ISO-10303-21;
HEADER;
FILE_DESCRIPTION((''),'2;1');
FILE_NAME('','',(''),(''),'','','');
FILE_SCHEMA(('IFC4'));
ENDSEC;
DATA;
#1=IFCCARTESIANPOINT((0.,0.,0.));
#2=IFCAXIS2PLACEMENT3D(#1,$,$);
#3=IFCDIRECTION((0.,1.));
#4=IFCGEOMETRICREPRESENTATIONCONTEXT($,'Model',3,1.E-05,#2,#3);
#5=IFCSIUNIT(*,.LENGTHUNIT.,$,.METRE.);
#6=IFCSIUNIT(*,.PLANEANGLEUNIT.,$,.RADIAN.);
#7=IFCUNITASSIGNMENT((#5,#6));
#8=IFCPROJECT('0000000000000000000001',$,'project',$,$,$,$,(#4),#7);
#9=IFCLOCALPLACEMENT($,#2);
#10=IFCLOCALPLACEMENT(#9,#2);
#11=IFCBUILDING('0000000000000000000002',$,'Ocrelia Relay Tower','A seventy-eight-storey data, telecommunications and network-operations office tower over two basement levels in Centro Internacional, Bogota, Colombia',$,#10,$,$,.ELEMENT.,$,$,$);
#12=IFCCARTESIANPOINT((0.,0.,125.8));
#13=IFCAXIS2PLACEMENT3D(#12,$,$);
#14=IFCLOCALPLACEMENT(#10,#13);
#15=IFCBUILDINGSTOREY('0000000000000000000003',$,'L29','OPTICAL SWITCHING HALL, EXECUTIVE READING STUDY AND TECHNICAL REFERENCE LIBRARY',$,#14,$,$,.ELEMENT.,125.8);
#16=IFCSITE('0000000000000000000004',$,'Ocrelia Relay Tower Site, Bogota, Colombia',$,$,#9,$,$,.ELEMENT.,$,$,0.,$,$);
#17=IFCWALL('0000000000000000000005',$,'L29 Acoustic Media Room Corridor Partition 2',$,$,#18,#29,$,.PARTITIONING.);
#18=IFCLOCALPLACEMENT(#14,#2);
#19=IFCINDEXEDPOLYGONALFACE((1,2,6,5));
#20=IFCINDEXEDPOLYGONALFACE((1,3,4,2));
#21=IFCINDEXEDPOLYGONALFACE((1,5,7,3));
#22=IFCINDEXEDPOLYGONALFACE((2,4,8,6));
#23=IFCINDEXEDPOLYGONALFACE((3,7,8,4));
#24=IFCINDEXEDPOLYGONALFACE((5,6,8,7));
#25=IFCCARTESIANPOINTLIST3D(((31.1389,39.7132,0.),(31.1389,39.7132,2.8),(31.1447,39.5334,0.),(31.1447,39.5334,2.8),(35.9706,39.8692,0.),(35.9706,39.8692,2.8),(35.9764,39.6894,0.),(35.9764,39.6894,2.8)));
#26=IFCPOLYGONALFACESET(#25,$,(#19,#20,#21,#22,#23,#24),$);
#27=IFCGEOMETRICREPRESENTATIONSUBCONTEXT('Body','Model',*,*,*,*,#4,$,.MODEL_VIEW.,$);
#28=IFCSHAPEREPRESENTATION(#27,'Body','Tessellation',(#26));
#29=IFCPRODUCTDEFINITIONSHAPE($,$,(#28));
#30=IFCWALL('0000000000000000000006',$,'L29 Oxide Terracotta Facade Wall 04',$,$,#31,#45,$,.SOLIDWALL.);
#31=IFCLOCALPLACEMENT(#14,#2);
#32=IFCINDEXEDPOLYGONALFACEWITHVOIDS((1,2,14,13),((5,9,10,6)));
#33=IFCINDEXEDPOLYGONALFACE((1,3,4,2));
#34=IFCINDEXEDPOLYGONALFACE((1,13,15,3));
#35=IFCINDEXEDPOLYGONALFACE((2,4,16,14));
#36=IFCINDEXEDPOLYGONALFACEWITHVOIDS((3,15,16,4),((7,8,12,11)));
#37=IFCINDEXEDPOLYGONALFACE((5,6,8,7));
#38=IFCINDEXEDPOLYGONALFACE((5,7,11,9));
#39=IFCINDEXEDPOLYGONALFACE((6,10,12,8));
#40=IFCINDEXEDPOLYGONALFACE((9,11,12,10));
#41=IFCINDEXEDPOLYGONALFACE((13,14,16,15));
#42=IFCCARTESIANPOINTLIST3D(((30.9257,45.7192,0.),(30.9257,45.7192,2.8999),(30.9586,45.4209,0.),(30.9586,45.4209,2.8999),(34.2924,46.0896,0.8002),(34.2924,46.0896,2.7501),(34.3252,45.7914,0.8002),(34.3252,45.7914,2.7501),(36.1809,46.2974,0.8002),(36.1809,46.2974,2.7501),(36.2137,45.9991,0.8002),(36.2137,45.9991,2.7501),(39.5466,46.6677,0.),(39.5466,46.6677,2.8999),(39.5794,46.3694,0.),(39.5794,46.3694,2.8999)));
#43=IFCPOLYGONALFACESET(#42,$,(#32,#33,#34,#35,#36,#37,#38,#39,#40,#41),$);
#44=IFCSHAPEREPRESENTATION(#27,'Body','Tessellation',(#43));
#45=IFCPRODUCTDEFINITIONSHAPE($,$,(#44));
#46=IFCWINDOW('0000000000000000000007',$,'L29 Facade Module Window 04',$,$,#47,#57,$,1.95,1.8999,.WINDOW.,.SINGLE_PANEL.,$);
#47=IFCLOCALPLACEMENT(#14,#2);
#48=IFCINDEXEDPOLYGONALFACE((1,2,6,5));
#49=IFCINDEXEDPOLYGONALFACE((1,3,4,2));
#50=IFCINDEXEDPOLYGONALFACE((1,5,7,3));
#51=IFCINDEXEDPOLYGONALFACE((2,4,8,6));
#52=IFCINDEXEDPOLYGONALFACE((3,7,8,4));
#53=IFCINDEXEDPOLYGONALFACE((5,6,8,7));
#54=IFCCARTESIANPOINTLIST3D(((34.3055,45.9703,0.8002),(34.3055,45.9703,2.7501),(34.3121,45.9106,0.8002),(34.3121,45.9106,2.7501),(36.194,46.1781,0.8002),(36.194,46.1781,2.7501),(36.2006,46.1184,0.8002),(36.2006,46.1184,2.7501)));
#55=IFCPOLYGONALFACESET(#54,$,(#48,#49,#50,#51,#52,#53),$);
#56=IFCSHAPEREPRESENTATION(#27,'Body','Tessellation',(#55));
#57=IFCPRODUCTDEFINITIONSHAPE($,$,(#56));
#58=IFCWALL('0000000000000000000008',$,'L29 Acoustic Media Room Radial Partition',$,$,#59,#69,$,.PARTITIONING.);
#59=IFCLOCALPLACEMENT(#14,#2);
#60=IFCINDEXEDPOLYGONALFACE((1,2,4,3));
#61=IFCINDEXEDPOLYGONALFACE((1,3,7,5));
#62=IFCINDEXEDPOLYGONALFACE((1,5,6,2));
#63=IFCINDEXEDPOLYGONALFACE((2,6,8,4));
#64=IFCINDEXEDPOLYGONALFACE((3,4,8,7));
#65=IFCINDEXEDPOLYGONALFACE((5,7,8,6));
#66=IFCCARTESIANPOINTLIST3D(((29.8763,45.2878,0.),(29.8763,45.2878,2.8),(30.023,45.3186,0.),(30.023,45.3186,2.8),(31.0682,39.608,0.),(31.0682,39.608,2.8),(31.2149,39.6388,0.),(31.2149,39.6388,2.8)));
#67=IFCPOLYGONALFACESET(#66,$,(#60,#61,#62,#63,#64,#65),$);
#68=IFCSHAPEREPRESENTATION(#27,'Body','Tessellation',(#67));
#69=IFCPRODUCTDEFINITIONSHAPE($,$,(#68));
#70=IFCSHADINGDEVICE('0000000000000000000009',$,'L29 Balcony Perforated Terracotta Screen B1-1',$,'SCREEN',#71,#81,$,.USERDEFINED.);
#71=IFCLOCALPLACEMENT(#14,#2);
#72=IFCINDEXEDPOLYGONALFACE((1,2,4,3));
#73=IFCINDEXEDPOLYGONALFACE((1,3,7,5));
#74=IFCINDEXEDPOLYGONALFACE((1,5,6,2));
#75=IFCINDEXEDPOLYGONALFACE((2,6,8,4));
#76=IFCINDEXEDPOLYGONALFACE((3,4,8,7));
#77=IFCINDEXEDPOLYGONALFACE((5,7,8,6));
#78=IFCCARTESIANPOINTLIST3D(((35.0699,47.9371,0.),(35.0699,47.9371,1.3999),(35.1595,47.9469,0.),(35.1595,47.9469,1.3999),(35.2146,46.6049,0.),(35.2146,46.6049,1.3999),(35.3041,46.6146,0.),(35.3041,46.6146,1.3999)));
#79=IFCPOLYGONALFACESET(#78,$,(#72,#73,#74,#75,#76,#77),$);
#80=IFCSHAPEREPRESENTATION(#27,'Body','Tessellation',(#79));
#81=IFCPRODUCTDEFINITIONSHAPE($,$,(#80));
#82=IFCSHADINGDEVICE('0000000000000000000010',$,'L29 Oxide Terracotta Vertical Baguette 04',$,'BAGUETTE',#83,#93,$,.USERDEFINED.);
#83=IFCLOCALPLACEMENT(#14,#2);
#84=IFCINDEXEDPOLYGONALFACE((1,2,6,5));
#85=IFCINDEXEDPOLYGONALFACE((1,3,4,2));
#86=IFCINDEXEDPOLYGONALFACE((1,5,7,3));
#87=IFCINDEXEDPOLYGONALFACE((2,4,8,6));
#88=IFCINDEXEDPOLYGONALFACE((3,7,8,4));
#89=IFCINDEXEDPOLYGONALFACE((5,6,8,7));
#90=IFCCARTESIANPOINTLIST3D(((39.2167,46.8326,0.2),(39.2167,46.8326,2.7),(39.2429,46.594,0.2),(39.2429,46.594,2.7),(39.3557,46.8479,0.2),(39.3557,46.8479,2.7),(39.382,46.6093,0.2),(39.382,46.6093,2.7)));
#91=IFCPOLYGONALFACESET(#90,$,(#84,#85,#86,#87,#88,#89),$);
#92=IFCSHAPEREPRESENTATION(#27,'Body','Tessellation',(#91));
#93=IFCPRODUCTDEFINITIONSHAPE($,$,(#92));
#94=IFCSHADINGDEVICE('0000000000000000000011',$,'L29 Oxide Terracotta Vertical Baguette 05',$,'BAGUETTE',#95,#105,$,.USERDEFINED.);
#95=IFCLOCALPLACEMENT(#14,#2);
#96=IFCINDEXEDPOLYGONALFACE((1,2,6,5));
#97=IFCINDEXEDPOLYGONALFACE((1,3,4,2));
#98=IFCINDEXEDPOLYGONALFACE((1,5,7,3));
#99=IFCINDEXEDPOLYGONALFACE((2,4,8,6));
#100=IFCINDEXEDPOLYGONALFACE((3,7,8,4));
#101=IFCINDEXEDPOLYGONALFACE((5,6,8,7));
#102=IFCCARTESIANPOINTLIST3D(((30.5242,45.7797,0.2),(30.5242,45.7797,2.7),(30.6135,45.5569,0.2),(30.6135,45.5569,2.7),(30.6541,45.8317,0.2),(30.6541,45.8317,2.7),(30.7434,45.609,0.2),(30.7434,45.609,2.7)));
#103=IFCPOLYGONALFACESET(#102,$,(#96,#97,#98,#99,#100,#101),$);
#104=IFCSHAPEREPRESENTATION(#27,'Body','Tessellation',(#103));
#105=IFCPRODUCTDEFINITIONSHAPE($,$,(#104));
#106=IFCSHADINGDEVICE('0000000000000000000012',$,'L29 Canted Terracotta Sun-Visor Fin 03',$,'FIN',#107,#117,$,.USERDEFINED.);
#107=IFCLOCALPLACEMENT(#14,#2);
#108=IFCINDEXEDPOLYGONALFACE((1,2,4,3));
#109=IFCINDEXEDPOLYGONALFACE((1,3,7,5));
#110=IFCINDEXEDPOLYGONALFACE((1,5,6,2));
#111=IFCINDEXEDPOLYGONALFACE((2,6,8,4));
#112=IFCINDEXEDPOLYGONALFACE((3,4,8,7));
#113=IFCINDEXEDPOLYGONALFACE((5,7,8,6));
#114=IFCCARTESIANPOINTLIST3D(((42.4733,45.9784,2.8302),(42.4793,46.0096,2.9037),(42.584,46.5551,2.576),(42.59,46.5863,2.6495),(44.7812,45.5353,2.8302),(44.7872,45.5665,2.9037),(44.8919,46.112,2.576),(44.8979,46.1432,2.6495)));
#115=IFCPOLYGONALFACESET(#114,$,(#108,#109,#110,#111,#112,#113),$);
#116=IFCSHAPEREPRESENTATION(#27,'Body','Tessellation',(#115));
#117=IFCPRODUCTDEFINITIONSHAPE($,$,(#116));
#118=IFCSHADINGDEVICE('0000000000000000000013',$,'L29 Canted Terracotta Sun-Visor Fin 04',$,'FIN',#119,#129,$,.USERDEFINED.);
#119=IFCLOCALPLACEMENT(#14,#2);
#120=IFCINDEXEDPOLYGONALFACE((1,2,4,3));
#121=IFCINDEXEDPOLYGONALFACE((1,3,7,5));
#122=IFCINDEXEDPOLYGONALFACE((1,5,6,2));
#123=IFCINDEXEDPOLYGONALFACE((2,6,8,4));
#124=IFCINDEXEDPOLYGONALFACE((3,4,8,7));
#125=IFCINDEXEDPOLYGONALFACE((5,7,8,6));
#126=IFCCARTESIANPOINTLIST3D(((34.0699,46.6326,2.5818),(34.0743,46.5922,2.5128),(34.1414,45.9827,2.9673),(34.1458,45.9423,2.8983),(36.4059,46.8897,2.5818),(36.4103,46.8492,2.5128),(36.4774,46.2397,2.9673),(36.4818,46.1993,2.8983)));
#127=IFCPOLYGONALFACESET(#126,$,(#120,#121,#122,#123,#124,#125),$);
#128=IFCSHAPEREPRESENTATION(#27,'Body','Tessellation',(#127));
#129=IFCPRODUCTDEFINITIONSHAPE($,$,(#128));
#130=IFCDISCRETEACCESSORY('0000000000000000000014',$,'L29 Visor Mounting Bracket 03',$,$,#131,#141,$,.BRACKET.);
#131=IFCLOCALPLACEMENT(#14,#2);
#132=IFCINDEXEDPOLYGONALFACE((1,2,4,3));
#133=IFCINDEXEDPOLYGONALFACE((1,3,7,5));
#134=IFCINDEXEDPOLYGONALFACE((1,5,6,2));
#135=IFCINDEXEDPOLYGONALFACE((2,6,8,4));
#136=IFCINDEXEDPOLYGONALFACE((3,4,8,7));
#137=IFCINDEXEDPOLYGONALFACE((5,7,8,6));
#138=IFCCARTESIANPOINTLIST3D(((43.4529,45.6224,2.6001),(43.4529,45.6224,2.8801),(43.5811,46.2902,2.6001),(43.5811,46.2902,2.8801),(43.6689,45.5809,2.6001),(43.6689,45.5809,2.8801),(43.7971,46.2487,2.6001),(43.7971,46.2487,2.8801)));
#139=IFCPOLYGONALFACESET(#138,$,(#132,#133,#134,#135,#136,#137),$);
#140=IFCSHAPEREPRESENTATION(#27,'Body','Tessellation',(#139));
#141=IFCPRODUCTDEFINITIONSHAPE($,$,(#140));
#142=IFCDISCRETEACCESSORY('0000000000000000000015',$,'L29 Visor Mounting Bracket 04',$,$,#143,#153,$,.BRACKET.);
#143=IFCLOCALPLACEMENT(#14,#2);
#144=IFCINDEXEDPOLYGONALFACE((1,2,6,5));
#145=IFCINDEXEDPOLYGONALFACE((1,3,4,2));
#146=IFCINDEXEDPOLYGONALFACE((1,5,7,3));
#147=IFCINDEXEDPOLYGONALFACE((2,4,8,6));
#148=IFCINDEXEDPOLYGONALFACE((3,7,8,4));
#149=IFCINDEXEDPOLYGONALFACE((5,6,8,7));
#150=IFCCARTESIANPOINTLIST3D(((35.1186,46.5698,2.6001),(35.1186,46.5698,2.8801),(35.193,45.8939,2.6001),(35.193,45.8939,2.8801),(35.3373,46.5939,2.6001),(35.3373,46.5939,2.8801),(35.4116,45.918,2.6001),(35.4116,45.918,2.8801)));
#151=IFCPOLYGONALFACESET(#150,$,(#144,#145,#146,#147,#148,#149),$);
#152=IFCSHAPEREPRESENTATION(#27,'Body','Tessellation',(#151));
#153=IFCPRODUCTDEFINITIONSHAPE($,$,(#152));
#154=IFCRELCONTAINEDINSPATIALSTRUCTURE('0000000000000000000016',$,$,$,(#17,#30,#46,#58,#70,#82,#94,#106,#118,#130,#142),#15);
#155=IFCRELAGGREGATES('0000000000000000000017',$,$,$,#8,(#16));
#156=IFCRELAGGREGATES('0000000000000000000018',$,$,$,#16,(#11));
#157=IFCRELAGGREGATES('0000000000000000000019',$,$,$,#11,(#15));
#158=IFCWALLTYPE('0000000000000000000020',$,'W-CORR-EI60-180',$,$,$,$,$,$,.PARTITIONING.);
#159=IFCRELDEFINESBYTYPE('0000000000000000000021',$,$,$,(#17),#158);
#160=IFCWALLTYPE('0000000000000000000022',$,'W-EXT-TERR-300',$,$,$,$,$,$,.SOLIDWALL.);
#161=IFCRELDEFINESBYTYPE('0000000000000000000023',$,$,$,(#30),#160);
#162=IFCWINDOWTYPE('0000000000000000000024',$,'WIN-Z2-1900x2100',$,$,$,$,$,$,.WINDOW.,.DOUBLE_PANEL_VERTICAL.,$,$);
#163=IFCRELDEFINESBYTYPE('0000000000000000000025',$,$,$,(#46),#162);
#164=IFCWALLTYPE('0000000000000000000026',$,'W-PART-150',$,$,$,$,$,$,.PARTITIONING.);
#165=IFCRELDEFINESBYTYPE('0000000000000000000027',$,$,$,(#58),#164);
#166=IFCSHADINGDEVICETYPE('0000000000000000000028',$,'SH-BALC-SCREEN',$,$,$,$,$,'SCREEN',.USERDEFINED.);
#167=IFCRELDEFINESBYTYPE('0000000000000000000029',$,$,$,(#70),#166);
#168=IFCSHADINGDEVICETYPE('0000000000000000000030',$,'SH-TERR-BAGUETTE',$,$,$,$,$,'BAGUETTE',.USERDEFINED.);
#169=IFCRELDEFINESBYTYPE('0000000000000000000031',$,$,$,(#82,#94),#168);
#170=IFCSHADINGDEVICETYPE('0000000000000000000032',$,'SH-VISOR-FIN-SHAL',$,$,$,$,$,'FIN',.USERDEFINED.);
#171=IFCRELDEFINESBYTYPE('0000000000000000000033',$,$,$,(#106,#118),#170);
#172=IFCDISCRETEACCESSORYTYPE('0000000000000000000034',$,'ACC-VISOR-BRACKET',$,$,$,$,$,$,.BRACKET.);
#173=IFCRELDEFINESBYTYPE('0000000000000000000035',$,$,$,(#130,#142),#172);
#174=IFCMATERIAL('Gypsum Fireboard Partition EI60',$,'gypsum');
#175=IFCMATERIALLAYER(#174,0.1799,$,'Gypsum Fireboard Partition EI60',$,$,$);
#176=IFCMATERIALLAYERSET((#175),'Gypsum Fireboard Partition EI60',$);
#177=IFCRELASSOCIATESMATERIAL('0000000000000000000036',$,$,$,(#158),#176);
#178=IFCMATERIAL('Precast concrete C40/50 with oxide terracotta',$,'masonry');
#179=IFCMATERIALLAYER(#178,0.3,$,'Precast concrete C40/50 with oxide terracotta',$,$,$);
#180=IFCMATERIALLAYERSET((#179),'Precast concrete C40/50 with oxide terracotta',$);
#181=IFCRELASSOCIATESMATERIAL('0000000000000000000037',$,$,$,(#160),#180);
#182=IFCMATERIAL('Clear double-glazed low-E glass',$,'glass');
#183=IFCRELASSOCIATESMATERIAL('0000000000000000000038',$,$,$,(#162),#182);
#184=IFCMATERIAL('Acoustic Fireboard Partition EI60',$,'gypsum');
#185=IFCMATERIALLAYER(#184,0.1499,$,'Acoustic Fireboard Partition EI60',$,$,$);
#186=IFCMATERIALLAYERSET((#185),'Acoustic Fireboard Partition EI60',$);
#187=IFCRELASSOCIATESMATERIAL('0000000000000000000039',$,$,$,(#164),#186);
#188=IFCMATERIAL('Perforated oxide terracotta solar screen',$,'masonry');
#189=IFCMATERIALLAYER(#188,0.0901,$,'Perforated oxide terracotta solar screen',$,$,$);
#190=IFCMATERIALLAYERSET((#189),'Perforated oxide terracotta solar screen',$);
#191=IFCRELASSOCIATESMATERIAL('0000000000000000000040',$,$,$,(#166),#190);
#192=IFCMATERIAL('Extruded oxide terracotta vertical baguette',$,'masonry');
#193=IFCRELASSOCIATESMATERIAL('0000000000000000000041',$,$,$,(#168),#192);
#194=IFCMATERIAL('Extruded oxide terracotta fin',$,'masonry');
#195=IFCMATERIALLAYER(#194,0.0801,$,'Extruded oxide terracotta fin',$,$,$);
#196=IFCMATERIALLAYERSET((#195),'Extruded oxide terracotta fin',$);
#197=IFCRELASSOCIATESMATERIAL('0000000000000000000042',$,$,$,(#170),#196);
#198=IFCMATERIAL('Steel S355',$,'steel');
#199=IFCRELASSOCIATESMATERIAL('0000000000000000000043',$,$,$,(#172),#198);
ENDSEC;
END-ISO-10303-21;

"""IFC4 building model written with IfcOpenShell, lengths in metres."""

from ifc_helpers import new_model, si_unit, direction, frame, frame_2d, origin, origin_2d, place, context, subcontext, project, spatial, rectangle, extrude, material, layer, layer_set, type_object, element, fill, save


model = new_model("IFC4")

# Units and contexts
model_context = context("Model", 3, precision=1e-05, world=origin(), true_north=direction((0.0, 1.0)))
body_context = subcontext(model_context, "Body", "Model", "MODEL_VIEW")
ifc_project = project(units=[si_unit("LENGTHUNIT", "METRE"), si_unit("PLANEANGLEUNIT", "RADIAN")], contexts=[model_context])

# Site, building, storey
site_placement = place(None, origin())
site = spatial("IfcSite", under=ifc_project, at=site_placement, Name="Ocrelia Relay Tower Site, Bogota, Colombia", CompositionType="ELEMENT", RefElevation=0.0)
building_placement = place(site_placement, origin())
building = spatial("IfcBuilding", under=site, at=building_placement, Name="Ocrelia Relay Tower", Description="A seventy-eight-storey data, telecommunications and network-operations office tower over two basement levels in Centro Internacional, Bogota, Colombia", CompositionType="ELEMENT")
storey_placement = place(building_placement, frame((0.0, 0.0, 125.8)))
storey = spatial("IfcBuildingStorey", under=building, at=storey_placement, Name="L29", Description="OPTICAL SWITCHING HALL, EXECUTIVE READING STUDY AND TECHNICAL REFERENCE LIBRARY", CompositionType="ELEMENT", Elevation=125.8)

# Shared definitions
ifc_material_1 = material(Name="Steel S355", Category="steel")

# Wall
ifc_material_2 = material(Name="Gypsum Fireboard Partition EI60", Category="gypsum")
ifc_layer_1 = layer(ifc_material_2, 0.1799, Name="Gypsum Fireboard Partition EI60")
ifc_layer_set_1 = layer_set([ifc_layer_1], Name="Gypsum Fireboard Partition EI60")
wall_type_1 = type_object("IfcWallType", Name="W-CORR-EI60-180", PredefinedType="PARTITIONING", material=ifc_layer_set_1)
wall_1_placement = place(storey_placement, frame((35.9734, 39.7793, 0.0), z_axis=(0.0, 0.0, 1.0), x_axis=(-0.999479, -0.032271, 0.0)))
element("IfcWall", 1, at=wall_1_placement, inside=storey, type_object=wall_type_1, Name="L29 Acoustic Media Room Corridor Partition 2", PredefinedType="PARTITIONING", context=body_context, shape_type="SweptSolid", body=[
    extrude(rectangle(XDim=4.8342, YDim=0.1799, at=frame_2d((2.417, 0.0))), origin(), (0.0, 0.0, 1.0), 2.8),
])

# Wall, opening, window
ifc_material_3 = material(Name="Precast concrete C40/50 with oxide terracotta", Category="masonry")
ifc_layer_2 = layer(ifc_material_3, 0.3, Name="Precast concrete C40/50 with oxide terracotta")
ifc_layer_set_2 = layer_set([ifc_layer_2], Name="Precast concrete C40/50 with oxide terracotta")
wall_type_2 = type_object("IfcWallType", Name="W-EXT-TERR-300", PredefinedType="SOLIDWALL", material=ifc_layer_set_2)
wall_2_placement = place(storey_placement, frame((39.563, 46.5186, 0.0), z_axis=(0.0, 0.0, 1.0), x_axis=(-0.994002, -0.109362, 0.0)))
wall_2 = element("IfcWall", 2, at=wall_2_placement, inside=storey, type_object=wall_type_2, Name="L29 Oxide Terracotta Facade Wall 04", PredefinedType="SOLIDWALL", context=body_context, shape_type="SweptSolid", body=[
    extrude(rectangle(XDim=8.6729, YDim=0.3, at=frame_2d((4.3364, 0.0))), origin(), (0.0, 0.0, 1.0), 2.8999),
])
opening_1_placement = place(wall_2_placement, frame((3.386, 0.0, 0.8)))
opening_1 = element("IfcOpeningElement", 3, at=opening_1_placement, cuts=wall_2, PredefinedType="OPENING", context=body_context, shape_type="SweptSolid", body=[
    extrude(rectangle(XDim=1.8999, YDim=1.95, at=frame_2d((0.95, 0.9751))), frame((0.0, 0.1602, 0.0), z_axis=(0.0, -1.0, 0.0), x_axis=(1.0, 0.0, 0.0)), (0.0, 0.0, 1.0), 0.3201),
])
ifc_material_4 = material(Name="Clear double-glazed low-E glass", Category="glass")
window_type = type_object("IfcWindowType", Name="WIN-Z2-1900x2100", PartitioningType="DOUBLE_PANEL_VERTICAL", PredefinedType="WINDOW", material=ifc_material_4)
window_placement = place(opening_1_placement, origin())
window = element("IfcWindow", 4, at=window_placement, inside=storey, type_object=window_type, Name="L29 Facade Module Window 04", OverallHeight=1.95, OverallWidth=1.8999, PartitioningType="SINGLE_PANEL", PredefinedType="WINDOW", context=body_context, shape_type="SweptSolid", body=[
    extrude(rectangle(XDim=1.8999, YDim=1.95, at=frame_2d((0.95, 0.9751))), frame((0.0, 0.03, 0.0), z_axis=(0.0, -1.0, 0.0), x_axis=(1.0, 0.0, 0.0)), (0.0, 0.0, 1.0), 0.0601),
])
fill(opening_1, window)

# Wall
ifc_material_5 = material(Name="Acoustic Fireboard Partition EI60", Category="gypsum")
ifc_layer_3 = layer(ifc_material_5, 0.1499, Name="Acoustic Fireboard Partition EI60")
ifc_layer_set_3 = layer_set([ifc_layer_3], Name="Acoustic Fireboard Partition EI60")
wall_type_3 = type_object("IfcWallType", Name="W-PART-150", PredefinedType="PARTITIONING", material=ifc_layer_set_3)
wall_3_placement = place(storey_placement, frame((31.1416, 39.6233, 0.0), z_axis=(0.0, 0.0, 1.0), x_axis=(-0.205379, 0.978683, 0.0)))
element("IfcWall", 5, at=wall_3_placement, inside=storey, type_object=wall_type_3, Name="L29 Acoustic Media Room Radial Partition", PredefinedType="PARTITIONING", context=body_context, shape_type="SweptSolid", body=[
    extrude(rectangle(XDim=5.8035, YDim=0.1499, at=frame_2d((2.9019, 0.0))), origin(), (0.0, 0.0, 1.0), 2.8),
])

# Shading devices
ifc_material_6 = material(Name="Perforated oxide terracotta solar screen", Category="masonry")
ifc_layer_4 = layer(ifc_material_6, 0.0901, Name="Perforated oxide terracotta solar screen")
ifc_layer_set_4 = layer_set([ifc_layer_4], Name="Perforated oxide terracotta solar screen")
shading_device_type_1 = type_object("IfcShadingDeviceType", Name="SH-BALC-SCREEN", ElementType="SCREEN", PredefinedType="USERDEFINED", material=ifc_layer_set_4)
shading_device_1_placement = place(storey_placement, frame((35.187, 47.2759, 0.0), z_axis=(0.0, 0.0, 1.0), x_axis=(-0.107934, 0.994158, 0.0)))
element("IfcShadingDevice", 6, at=shading_device_1_placement, inside=storey, type_object=shading_device_type_1, Name="L29 Balcony Perforated Terracotta Screen B1-1", ObjectType="SCREEN", PredefinedType="USERDEFINED", context=body_context, shape_type="SweptSolid", body=[
    extrude(rectangle(XDim=1.3401, YDim=0.0901, at=origin_2d()), origin(), (0.0, 0.0, 1.0), 1.3999),
])
ifc_material_7 = material(Name="Extruded oxide terracotta vertical baguette", Category="masonry")
shading_device_type_2 = type_object("IfcShadingDeviceType", Name="SH-TERR-BAGUETTE", ElementType="BAGUETTE", PredefinedType="USERDEFINED", material=ifc_material_7)
for number, where, z_axis, x_axis, name in (
    (7, (39.2993, 46.7209, 0.2), (0.0, 0.0, 1.0), (-0.994002, -0.109363, 0.0), "L29 Oxide Terracotta Vertical Baguette 04"),
    (8, (30.6338, 45.6943, 0.2), (0.0, 0.0, 1.0), (-0.92816, -0.372182, 0.0), "L29 Oxide Terracotta Vertical Baguette 05"),
):
    element("IfcShadingDevice", number, at=place(storey_placement, frame(where, z_axis=z_axis, x_axis=x_axis)), inside=storey, type_object=shading_device_type_2, Name=name, ObjectType="BAGUETTE", PredefinedType="USERDEFINED", context=body_context, shape_type="SweptSolid", body=[
        extrude(rectangle(XDim=0.1399, YDim=0.24, at=origin_2d()), origin(), (0.0, 0.0, 1.0), 2.5),
    ])
ifc_material_8 = material(Name="Extruded oxide terracotta fin", Category="masonry")
ifc_layer_5 = layer(ifc_material_8, 0.0801, Name="Extruded oxide terracotta fin")
ifc_layer_set_5 = layer_set([ifc_layer_5], Name="Extruded oxide terracotta fin")
shading_device_type_3 = type_object("IfcShadingDeviceType", Name="SH-VISOR-FIN-SHAL", ElementType="FIN", PredefinedType="USERDEFINED", material=ifc_layer_set_5)
shading_device_2_placement = place(storey_placement, frame((43.6826, 46.0452, 2.7031), z_axis=(0.074911, 0.390182, 0.917685), x_axis=(-0.982064, 0.188546, 0.0)))
element("IfcShadingDevice", 9, at=shading_device_2_placement, inside=storey, type_object=shading_device_type_3, Name="L29 Canted Terracotta Sun-Visor Fin 03", ObjectType="FIN", PredefinedType="USERDEFINED", context=body_context, shape_type="SweptSolid", body=[
    extrude(rectangle(XDim=2.3501, YDim=0.6399, at=origin_2d()), origin(), (0.0, 0.0, 1.0), 0.0801),
])
shading_device_3_placement = place(storey_placement, frame((35.2781, 46.3958, 2.7056), z_axis=(-0.055539, 0.504793, 0.861452), x_axis=(-0.994002, -0.109363, 0.0)))
element("IfcShadingDevice", 10, at=shading_device_3_placement, inside=storey, type_object=shading_device_type_3, Name="L29 Canted Terracotta Sun-Visor Fin 04", ObjectType="FIN", PredefinedType="USERDEFINED", context=body_context, shape_type="SweptSolid", body=[
    extrude(rectangle(XDim=2.3501, YDim=0.759, at=origin_2d()), origin(), (0.0, 0.0, 1.0), 0.0801),
])

# Discrete accessories
discrete_accessory_type = type_object("IfcDiscreteAccessoryType", Name="ACC-VISOR-BRACKET", PredefinedType="BRACKET", material=ifc_material_1)
for number, where, z_axis, x_axis, name in (
    (11, (43.625, 45.9355, 2.6001), (0.0, 0.0, 1.0), (-0.982064, 0.188546, 0.0), "L29 Visor Mounting Bracket 03"),
    (12, (35.2651, 46.2439, 2.6001), (0.0, 0.0, 1.0), (-0.994002, -0.109363, 0.0), "L29 Visor Mounting Bracket 04"),
):
    element("IfcDiscreteAccessory", number, at=place(storey_placement, frame(where, z_axis=z_axis, x_axis=x_axis)), inside=storey, type_object=discrete_accessory_type, Name=name, PredefinedType="BRACKET", context=body_context, shape_type="SweptSolid", body=[
        extrude(rectangle(XDim=0.22, YDim=0.6799, at=origin_2d()), origin(), (0.0, 0.0, 1.0), 0.28),
    ])

save(model, "model.ifc")
